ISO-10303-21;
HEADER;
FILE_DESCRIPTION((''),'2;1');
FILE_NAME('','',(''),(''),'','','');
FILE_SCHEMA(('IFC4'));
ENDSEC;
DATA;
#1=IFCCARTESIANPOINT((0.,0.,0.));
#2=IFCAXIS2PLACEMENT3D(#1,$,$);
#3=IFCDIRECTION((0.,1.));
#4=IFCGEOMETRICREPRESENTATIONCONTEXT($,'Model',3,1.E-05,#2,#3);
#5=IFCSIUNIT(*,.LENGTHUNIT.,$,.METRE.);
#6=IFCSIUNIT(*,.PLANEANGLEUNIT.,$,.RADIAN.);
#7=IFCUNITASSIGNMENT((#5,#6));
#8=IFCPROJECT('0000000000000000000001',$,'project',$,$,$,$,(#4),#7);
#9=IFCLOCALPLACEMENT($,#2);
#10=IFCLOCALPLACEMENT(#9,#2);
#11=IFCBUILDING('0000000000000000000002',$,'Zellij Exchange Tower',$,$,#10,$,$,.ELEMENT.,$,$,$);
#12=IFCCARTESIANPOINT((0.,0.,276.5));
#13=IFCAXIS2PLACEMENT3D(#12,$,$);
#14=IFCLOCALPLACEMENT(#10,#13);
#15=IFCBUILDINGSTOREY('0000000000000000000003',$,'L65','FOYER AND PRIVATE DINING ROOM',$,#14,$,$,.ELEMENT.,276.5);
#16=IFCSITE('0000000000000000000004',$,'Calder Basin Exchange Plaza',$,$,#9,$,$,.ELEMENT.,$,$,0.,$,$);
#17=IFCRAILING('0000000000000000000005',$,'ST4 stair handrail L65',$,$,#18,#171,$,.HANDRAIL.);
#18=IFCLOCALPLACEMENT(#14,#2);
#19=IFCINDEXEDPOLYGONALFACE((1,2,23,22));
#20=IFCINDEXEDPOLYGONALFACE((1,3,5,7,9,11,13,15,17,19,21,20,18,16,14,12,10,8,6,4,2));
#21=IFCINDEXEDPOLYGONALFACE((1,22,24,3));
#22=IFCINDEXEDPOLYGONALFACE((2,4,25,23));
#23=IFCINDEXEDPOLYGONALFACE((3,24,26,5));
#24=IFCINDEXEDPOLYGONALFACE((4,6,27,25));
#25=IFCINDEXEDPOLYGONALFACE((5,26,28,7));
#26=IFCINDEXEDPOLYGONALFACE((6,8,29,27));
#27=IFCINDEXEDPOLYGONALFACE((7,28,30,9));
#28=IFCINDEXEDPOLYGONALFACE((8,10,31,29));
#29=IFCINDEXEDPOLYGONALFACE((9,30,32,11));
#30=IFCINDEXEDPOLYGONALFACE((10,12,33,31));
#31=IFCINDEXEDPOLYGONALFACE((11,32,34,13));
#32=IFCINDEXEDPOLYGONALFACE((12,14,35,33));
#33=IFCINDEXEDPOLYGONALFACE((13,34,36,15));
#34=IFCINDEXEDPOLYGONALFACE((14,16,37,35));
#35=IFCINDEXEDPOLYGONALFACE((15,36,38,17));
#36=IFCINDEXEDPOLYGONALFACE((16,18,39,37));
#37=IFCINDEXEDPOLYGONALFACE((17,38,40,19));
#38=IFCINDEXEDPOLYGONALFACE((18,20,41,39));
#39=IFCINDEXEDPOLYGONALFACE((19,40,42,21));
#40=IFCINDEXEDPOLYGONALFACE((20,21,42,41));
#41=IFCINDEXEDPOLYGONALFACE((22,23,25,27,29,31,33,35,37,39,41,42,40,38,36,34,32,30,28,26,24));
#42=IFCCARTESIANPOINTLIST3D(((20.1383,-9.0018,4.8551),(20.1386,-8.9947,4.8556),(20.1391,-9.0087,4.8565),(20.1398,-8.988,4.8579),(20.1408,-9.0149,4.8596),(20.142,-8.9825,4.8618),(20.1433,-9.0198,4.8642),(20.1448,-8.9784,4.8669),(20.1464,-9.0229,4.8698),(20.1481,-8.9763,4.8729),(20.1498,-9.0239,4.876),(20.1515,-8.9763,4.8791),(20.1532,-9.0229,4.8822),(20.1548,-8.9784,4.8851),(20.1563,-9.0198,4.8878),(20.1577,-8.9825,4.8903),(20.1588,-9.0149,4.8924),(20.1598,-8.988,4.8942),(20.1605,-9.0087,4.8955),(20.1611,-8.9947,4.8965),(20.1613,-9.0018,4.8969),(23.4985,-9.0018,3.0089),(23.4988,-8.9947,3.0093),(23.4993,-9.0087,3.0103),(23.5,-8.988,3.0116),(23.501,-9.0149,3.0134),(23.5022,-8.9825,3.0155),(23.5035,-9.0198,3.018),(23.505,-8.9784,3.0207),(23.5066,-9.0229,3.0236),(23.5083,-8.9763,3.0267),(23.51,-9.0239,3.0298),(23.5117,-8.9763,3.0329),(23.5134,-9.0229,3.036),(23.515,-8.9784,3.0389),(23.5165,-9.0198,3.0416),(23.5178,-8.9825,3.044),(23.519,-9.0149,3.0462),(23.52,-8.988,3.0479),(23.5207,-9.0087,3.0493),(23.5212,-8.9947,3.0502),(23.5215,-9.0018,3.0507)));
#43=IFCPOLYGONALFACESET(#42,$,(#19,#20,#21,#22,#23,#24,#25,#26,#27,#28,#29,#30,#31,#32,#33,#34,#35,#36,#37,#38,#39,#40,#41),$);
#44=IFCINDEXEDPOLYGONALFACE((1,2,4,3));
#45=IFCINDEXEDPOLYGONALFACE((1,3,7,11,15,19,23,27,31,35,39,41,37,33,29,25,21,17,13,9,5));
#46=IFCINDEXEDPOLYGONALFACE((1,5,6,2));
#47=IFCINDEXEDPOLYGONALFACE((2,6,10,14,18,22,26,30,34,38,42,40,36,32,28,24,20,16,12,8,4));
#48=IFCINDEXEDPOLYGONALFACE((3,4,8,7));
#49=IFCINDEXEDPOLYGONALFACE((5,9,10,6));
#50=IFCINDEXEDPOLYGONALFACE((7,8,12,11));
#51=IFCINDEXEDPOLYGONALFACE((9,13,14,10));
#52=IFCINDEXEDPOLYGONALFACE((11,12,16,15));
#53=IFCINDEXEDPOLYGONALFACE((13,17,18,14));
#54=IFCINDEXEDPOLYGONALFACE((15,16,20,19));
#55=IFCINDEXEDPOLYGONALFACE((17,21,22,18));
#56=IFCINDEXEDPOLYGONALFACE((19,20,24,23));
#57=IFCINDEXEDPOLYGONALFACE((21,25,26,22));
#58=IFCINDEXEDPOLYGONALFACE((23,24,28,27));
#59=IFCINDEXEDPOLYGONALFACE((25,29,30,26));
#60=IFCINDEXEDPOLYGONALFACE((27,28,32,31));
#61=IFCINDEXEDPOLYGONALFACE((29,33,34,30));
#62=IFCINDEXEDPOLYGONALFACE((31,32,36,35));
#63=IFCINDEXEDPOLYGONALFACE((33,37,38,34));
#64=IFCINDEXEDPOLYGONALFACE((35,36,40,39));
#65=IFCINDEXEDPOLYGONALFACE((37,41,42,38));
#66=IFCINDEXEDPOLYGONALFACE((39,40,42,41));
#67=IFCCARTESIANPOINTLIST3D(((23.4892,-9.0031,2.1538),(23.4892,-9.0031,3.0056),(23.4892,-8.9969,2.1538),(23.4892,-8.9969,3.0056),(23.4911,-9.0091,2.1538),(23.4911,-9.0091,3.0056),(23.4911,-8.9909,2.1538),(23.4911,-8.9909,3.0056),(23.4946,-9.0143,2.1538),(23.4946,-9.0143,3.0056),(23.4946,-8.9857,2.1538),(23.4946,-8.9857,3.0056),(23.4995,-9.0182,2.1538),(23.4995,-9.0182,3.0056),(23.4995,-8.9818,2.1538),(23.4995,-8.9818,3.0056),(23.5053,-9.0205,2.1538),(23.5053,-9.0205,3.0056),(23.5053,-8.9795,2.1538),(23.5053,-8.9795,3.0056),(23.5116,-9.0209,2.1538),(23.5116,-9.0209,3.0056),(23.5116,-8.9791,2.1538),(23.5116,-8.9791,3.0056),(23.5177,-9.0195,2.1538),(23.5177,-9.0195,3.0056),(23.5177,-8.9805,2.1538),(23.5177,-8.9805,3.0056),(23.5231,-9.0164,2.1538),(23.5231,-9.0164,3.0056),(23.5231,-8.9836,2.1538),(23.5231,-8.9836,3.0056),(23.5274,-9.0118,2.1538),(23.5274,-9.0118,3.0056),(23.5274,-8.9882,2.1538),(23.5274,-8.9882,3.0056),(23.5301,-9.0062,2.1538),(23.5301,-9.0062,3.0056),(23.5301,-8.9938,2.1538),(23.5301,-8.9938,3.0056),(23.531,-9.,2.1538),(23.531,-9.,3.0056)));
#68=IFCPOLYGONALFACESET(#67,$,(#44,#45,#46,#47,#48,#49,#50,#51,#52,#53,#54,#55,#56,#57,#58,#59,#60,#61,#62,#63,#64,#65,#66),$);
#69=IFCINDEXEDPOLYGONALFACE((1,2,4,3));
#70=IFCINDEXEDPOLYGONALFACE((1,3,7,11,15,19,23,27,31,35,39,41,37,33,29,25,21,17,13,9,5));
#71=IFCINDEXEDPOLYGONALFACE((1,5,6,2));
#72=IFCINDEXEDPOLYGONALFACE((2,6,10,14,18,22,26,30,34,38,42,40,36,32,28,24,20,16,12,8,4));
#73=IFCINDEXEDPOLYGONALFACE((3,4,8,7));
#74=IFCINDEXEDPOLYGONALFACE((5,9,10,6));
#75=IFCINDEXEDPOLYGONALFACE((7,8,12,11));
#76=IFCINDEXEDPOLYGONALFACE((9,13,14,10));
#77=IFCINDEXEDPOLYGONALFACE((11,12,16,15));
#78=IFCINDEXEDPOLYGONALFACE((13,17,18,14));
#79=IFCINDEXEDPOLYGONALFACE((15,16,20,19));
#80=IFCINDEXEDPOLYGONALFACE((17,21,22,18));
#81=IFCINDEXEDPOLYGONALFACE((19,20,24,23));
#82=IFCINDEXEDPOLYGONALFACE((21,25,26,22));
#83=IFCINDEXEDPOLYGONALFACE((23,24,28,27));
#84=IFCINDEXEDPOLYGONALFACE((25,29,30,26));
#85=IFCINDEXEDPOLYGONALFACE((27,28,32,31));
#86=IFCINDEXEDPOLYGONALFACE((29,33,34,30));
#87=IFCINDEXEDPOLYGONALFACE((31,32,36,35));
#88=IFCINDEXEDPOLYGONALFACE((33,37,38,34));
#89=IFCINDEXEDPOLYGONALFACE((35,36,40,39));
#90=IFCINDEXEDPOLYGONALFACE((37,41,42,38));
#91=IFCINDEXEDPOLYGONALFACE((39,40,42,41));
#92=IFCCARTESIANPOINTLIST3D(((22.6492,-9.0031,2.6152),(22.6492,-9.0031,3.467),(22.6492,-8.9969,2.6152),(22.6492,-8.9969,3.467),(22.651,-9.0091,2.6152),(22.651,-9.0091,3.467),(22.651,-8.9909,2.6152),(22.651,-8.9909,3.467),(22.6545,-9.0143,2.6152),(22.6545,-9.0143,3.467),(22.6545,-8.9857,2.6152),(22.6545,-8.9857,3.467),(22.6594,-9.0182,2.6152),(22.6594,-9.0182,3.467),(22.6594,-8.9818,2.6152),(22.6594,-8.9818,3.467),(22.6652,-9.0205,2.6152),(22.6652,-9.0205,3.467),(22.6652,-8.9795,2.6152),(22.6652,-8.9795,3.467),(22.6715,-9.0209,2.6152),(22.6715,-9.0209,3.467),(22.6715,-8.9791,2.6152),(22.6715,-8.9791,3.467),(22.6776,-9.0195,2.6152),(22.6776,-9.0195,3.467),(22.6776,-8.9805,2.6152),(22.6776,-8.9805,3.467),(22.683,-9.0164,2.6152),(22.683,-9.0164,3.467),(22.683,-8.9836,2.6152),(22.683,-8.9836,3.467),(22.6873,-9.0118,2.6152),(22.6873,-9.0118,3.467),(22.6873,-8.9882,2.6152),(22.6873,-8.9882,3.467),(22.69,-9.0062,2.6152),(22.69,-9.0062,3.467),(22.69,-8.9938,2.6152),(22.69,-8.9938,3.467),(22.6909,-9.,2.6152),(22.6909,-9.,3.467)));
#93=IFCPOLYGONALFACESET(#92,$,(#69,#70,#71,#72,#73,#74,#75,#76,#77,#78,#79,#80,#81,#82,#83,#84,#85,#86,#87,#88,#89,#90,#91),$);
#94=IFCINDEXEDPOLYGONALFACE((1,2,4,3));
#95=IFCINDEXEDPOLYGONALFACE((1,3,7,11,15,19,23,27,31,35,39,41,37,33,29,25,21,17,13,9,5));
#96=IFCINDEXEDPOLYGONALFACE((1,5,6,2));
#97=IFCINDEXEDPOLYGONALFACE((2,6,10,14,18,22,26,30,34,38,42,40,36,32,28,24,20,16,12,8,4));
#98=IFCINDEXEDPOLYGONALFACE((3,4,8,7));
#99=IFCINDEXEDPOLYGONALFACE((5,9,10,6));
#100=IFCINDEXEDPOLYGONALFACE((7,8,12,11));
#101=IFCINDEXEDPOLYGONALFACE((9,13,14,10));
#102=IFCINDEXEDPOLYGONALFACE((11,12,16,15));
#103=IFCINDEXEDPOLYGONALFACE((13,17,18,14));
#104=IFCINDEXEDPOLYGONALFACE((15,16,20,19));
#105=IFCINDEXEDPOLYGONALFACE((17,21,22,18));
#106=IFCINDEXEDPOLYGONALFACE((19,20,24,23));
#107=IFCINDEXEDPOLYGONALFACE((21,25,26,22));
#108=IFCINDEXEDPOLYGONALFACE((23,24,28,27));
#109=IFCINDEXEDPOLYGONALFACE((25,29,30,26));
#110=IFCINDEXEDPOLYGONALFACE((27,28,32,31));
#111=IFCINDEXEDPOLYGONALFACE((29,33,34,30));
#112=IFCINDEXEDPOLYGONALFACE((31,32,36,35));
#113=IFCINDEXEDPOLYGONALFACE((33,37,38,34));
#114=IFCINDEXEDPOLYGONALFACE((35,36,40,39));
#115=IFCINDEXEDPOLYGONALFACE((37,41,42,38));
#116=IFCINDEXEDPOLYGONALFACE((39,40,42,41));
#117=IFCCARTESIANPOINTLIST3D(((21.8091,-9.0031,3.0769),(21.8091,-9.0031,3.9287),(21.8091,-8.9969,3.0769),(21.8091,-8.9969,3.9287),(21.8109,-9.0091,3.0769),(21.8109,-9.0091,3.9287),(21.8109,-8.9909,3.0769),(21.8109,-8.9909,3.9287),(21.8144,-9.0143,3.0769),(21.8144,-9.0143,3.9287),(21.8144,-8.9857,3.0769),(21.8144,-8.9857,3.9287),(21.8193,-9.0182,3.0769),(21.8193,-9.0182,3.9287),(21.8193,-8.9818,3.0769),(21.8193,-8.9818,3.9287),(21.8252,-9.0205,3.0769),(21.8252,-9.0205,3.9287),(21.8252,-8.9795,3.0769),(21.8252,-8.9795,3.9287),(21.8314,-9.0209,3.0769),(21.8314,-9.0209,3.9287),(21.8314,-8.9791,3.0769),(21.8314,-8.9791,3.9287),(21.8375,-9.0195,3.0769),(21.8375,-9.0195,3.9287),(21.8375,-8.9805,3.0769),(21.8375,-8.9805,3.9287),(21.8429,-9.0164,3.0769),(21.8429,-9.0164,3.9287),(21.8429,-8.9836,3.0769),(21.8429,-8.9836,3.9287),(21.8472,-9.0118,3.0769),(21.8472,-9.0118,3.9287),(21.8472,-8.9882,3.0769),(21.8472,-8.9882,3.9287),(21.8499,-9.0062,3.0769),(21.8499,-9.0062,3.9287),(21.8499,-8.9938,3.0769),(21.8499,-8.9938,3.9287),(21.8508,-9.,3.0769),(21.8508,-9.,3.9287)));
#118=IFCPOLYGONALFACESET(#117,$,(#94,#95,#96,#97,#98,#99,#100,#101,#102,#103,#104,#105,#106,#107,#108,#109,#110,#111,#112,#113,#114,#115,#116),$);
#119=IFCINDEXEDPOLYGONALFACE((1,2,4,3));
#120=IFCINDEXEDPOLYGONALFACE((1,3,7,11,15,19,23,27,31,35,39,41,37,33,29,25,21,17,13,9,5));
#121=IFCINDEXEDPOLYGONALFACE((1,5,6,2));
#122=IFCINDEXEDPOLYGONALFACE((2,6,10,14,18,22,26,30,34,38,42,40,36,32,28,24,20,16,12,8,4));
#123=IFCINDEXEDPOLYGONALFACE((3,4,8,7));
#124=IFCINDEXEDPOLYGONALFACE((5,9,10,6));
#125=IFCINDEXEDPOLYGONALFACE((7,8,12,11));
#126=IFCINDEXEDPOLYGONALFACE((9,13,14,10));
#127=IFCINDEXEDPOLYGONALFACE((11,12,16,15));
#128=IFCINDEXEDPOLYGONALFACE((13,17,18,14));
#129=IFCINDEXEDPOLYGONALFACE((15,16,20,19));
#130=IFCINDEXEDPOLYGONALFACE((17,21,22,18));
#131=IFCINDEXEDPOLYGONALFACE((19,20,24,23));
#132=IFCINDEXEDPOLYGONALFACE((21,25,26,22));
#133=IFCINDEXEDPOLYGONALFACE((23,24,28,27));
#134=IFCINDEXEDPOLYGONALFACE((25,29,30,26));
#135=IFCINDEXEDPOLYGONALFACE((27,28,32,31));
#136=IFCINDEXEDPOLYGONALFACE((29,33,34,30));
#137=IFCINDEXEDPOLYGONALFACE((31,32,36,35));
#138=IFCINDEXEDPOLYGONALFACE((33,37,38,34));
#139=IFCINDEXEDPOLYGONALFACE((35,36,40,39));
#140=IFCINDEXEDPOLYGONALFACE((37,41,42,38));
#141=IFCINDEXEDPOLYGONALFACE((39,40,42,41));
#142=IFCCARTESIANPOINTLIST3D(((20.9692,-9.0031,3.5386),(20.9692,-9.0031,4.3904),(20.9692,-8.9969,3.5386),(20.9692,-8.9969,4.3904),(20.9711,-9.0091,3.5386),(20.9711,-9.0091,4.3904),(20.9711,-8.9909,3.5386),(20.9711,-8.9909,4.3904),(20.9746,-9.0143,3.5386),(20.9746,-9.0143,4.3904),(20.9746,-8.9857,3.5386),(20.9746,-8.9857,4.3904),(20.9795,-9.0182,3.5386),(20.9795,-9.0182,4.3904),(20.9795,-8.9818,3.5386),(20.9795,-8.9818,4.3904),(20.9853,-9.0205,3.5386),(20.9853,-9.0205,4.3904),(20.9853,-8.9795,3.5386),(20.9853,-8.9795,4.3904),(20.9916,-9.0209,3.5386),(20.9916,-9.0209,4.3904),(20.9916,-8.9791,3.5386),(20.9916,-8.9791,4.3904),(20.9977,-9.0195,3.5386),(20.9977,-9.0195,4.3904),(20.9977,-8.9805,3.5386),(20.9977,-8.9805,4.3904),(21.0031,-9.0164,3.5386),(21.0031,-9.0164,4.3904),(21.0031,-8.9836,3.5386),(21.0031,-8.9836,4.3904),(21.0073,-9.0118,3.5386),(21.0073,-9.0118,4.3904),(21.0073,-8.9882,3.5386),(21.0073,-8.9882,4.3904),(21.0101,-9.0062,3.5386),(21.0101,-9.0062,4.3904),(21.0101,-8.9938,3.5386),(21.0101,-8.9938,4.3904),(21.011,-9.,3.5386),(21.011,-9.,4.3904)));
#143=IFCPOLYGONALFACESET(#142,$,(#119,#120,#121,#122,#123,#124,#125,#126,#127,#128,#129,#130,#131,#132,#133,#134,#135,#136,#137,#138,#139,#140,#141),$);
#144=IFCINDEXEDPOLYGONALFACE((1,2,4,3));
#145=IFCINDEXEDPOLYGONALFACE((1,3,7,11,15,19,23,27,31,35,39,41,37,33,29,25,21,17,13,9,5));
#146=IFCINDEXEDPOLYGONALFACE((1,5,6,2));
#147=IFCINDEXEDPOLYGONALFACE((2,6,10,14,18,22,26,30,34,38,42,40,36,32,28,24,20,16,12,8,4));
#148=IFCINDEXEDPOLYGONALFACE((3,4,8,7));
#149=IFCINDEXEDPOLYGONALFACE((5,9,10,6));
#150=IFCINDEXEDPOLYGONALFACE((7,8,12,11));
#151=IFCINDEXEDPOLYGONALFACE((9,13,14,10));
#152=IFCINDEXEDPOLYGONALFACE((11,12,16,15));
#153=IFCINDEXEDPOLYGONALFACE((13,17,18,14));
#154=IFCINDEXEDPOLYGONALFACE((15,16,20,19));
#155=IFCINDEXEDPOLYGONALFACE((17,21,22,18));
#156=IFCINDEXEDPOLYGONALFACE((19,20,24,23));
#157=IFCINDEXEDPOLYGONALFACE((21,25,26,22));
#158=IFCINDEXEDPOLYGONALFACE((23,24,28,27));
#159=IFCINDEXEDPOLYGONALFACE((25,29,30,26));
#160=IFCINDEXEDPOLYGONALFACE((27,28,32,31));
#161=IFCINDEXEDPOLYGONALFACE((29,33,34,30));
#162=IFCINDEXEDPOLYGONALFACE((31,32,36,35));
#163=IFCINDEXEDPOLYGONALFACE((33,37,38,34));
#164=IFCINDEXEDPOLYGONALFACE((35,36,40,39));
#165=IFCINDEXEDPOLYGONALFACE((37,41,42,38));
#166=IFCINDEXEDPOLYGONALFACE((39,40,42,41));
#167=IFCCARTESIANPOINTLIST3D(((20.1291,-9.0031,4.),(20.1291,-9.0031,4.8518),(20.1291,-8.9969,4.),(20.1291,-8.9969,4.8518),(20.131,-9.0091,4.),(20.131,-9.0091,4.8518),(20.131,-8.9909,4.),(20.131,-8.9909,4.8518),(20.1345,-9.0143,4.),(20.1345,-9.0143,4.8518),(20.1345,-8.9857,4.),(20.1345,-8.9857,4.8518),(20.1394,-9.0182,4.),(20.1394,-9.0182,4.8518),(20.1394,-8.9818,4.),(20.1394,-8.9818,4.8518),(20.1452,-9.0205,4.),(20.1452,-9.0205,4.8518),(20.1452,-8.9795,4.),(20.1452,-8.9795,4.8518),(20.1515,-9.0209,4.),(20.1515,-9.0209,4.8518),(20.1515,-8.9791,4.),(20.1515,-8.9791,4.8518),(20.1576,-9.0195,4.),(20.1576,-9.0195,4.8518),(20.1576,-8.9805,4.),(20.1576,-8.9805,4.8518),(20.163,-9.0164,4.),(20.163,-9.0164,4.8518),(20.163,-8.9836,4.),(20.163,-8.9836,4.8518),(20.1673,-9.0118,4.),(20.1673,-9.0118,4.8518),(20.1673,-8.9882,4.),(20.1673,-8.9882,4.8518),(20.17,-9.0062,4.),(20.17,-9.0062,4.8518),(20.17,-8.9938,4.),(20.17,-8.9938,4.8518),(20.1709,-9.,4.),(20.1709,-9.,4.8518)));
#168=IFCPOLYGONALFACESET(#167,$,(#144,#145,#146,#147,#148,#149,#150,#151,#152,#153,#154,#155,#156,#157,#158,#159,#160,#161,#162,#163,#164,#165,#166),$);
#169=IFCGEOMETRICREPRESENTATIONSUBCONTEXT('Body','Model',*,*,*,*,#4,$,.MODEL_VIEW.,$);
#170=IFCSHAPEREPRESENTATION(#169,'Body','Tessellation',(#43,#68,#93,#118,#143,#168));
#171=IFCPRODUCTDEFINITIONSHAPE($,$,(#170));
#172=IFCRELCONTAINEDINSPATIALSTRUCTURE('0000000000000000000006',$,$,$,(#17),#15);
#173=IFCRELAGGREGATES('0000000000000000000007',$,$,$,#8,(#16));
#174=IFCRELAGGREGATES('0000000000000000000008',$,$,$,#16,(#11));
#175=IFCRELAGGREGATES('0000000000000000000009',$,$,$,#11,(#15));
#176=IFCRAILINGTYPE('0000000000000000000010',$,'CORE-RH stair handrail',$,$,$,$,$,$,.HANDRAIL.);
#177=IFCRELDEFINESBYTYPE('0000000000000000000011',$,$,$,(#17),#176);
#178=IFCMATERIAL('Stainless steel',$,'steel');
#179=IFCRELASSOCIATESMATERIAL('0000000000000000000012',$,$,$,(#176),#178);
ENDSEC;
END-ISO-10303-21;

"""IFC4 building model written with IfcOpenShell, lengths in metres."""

from ifc_helpers import new_model, si_unit, direction, frame, origin, origin_2d, place, context, subcontext, project, spatial, circle, extrude, material, type_object, element, save


model = new_model("IFC4")

# Units and contexts
model_context = context("Model", 3, precision=1e-05, world=origin(), true_north=direction((0.0, 1.0)))
body_context = subcontext(model_context, "Body", "Model", "MODEL_VIEW")
ifc_project = project(units=[si_unit("LENGTHUNIT", "METRE"), si_unit("PLANEANGLEUNIT", "RADIAN")], contexts=[model_context])

# Site, building, storey
site_placement = place(None, origin())
site = spatial("IfcSite", under=ifc_project, at=site_placement, Name="Calder Basin Exchange Plaza", CompositionType="ELEMENT", RefElevation=0.0)
building_placement = place(site_placement, origin())
building = spatial("IfcBuilding", under=site, at=building_placement, Name="Zellij Exchange Tower", CompositionType="ELEMENT")
storey_placement = place(building_placement, frame((0.0, 0.0, 276.5)))
storey = spatial("IfcBuildingStorey", under=building, at=storey_placement, Name="L65", Description="FOYER AND PRIVATE DINING ROOM", CompositionType="ELEMENT", Elevation=276.5)

# Railing
ifc_material_1 = material(Name="Stainless steel", Category="steel")
railing_type_1 = type_object("IfcRailingType", Name="CORE-RH stair handrail", PredefinedType="HANDRAIL", material=ifc_material_1)
railing_1_placement = place(storey_placement, frame((23.51, -9.0, 2.1538)))
element("IfcRailing", 1, at=railing_1_placement, inside=storey, type_object=railing_type_1, Name="ST4 stair handrail L65", PredefinedType="HANDRAIL", context=body_context, shape_type="SweptSolid", body=[
    extrude(circle(Radius=0.0239, at=origin_2d()), frame((0.0, 0.0, 0.876), z_axis=(-0.876422, 0.0, 0.481545), x_axis=(0.0, -1.0, 0.0)), (0.0, 0.0, 1.0), 3.834),
    extrude(circle(Radius=0.021, at=origin_2d()), origin(), (0.0, 0.0, 1.0), 0.8518),
    extrude(circle(Radius=0.021, at=origin_2d()), frame((-0.8401, 0.0, 0.4614)), (0.0, 0.0, 1.0), 0.8518),
    extrude(circle(Radius=0.021, at=origin_2d()), frame((-1.6802, 0.0, 0.9231)), (0.0, 0.0, 1.0), 0.8518),
    extrude(circle(Radius=0.021, at=origin_2d()), frame((-2.52, 0.0, 1.3848)), (0.0, 0.0, 1.0), 0.8518),
    extrude(circle(Radius=0.021, at=origin_2d()), frame((-3.3601, 0.0, 1.8462)), (0.0, 0.0, 1.0), 0.8518),
])

save(model, "model.ifc")
